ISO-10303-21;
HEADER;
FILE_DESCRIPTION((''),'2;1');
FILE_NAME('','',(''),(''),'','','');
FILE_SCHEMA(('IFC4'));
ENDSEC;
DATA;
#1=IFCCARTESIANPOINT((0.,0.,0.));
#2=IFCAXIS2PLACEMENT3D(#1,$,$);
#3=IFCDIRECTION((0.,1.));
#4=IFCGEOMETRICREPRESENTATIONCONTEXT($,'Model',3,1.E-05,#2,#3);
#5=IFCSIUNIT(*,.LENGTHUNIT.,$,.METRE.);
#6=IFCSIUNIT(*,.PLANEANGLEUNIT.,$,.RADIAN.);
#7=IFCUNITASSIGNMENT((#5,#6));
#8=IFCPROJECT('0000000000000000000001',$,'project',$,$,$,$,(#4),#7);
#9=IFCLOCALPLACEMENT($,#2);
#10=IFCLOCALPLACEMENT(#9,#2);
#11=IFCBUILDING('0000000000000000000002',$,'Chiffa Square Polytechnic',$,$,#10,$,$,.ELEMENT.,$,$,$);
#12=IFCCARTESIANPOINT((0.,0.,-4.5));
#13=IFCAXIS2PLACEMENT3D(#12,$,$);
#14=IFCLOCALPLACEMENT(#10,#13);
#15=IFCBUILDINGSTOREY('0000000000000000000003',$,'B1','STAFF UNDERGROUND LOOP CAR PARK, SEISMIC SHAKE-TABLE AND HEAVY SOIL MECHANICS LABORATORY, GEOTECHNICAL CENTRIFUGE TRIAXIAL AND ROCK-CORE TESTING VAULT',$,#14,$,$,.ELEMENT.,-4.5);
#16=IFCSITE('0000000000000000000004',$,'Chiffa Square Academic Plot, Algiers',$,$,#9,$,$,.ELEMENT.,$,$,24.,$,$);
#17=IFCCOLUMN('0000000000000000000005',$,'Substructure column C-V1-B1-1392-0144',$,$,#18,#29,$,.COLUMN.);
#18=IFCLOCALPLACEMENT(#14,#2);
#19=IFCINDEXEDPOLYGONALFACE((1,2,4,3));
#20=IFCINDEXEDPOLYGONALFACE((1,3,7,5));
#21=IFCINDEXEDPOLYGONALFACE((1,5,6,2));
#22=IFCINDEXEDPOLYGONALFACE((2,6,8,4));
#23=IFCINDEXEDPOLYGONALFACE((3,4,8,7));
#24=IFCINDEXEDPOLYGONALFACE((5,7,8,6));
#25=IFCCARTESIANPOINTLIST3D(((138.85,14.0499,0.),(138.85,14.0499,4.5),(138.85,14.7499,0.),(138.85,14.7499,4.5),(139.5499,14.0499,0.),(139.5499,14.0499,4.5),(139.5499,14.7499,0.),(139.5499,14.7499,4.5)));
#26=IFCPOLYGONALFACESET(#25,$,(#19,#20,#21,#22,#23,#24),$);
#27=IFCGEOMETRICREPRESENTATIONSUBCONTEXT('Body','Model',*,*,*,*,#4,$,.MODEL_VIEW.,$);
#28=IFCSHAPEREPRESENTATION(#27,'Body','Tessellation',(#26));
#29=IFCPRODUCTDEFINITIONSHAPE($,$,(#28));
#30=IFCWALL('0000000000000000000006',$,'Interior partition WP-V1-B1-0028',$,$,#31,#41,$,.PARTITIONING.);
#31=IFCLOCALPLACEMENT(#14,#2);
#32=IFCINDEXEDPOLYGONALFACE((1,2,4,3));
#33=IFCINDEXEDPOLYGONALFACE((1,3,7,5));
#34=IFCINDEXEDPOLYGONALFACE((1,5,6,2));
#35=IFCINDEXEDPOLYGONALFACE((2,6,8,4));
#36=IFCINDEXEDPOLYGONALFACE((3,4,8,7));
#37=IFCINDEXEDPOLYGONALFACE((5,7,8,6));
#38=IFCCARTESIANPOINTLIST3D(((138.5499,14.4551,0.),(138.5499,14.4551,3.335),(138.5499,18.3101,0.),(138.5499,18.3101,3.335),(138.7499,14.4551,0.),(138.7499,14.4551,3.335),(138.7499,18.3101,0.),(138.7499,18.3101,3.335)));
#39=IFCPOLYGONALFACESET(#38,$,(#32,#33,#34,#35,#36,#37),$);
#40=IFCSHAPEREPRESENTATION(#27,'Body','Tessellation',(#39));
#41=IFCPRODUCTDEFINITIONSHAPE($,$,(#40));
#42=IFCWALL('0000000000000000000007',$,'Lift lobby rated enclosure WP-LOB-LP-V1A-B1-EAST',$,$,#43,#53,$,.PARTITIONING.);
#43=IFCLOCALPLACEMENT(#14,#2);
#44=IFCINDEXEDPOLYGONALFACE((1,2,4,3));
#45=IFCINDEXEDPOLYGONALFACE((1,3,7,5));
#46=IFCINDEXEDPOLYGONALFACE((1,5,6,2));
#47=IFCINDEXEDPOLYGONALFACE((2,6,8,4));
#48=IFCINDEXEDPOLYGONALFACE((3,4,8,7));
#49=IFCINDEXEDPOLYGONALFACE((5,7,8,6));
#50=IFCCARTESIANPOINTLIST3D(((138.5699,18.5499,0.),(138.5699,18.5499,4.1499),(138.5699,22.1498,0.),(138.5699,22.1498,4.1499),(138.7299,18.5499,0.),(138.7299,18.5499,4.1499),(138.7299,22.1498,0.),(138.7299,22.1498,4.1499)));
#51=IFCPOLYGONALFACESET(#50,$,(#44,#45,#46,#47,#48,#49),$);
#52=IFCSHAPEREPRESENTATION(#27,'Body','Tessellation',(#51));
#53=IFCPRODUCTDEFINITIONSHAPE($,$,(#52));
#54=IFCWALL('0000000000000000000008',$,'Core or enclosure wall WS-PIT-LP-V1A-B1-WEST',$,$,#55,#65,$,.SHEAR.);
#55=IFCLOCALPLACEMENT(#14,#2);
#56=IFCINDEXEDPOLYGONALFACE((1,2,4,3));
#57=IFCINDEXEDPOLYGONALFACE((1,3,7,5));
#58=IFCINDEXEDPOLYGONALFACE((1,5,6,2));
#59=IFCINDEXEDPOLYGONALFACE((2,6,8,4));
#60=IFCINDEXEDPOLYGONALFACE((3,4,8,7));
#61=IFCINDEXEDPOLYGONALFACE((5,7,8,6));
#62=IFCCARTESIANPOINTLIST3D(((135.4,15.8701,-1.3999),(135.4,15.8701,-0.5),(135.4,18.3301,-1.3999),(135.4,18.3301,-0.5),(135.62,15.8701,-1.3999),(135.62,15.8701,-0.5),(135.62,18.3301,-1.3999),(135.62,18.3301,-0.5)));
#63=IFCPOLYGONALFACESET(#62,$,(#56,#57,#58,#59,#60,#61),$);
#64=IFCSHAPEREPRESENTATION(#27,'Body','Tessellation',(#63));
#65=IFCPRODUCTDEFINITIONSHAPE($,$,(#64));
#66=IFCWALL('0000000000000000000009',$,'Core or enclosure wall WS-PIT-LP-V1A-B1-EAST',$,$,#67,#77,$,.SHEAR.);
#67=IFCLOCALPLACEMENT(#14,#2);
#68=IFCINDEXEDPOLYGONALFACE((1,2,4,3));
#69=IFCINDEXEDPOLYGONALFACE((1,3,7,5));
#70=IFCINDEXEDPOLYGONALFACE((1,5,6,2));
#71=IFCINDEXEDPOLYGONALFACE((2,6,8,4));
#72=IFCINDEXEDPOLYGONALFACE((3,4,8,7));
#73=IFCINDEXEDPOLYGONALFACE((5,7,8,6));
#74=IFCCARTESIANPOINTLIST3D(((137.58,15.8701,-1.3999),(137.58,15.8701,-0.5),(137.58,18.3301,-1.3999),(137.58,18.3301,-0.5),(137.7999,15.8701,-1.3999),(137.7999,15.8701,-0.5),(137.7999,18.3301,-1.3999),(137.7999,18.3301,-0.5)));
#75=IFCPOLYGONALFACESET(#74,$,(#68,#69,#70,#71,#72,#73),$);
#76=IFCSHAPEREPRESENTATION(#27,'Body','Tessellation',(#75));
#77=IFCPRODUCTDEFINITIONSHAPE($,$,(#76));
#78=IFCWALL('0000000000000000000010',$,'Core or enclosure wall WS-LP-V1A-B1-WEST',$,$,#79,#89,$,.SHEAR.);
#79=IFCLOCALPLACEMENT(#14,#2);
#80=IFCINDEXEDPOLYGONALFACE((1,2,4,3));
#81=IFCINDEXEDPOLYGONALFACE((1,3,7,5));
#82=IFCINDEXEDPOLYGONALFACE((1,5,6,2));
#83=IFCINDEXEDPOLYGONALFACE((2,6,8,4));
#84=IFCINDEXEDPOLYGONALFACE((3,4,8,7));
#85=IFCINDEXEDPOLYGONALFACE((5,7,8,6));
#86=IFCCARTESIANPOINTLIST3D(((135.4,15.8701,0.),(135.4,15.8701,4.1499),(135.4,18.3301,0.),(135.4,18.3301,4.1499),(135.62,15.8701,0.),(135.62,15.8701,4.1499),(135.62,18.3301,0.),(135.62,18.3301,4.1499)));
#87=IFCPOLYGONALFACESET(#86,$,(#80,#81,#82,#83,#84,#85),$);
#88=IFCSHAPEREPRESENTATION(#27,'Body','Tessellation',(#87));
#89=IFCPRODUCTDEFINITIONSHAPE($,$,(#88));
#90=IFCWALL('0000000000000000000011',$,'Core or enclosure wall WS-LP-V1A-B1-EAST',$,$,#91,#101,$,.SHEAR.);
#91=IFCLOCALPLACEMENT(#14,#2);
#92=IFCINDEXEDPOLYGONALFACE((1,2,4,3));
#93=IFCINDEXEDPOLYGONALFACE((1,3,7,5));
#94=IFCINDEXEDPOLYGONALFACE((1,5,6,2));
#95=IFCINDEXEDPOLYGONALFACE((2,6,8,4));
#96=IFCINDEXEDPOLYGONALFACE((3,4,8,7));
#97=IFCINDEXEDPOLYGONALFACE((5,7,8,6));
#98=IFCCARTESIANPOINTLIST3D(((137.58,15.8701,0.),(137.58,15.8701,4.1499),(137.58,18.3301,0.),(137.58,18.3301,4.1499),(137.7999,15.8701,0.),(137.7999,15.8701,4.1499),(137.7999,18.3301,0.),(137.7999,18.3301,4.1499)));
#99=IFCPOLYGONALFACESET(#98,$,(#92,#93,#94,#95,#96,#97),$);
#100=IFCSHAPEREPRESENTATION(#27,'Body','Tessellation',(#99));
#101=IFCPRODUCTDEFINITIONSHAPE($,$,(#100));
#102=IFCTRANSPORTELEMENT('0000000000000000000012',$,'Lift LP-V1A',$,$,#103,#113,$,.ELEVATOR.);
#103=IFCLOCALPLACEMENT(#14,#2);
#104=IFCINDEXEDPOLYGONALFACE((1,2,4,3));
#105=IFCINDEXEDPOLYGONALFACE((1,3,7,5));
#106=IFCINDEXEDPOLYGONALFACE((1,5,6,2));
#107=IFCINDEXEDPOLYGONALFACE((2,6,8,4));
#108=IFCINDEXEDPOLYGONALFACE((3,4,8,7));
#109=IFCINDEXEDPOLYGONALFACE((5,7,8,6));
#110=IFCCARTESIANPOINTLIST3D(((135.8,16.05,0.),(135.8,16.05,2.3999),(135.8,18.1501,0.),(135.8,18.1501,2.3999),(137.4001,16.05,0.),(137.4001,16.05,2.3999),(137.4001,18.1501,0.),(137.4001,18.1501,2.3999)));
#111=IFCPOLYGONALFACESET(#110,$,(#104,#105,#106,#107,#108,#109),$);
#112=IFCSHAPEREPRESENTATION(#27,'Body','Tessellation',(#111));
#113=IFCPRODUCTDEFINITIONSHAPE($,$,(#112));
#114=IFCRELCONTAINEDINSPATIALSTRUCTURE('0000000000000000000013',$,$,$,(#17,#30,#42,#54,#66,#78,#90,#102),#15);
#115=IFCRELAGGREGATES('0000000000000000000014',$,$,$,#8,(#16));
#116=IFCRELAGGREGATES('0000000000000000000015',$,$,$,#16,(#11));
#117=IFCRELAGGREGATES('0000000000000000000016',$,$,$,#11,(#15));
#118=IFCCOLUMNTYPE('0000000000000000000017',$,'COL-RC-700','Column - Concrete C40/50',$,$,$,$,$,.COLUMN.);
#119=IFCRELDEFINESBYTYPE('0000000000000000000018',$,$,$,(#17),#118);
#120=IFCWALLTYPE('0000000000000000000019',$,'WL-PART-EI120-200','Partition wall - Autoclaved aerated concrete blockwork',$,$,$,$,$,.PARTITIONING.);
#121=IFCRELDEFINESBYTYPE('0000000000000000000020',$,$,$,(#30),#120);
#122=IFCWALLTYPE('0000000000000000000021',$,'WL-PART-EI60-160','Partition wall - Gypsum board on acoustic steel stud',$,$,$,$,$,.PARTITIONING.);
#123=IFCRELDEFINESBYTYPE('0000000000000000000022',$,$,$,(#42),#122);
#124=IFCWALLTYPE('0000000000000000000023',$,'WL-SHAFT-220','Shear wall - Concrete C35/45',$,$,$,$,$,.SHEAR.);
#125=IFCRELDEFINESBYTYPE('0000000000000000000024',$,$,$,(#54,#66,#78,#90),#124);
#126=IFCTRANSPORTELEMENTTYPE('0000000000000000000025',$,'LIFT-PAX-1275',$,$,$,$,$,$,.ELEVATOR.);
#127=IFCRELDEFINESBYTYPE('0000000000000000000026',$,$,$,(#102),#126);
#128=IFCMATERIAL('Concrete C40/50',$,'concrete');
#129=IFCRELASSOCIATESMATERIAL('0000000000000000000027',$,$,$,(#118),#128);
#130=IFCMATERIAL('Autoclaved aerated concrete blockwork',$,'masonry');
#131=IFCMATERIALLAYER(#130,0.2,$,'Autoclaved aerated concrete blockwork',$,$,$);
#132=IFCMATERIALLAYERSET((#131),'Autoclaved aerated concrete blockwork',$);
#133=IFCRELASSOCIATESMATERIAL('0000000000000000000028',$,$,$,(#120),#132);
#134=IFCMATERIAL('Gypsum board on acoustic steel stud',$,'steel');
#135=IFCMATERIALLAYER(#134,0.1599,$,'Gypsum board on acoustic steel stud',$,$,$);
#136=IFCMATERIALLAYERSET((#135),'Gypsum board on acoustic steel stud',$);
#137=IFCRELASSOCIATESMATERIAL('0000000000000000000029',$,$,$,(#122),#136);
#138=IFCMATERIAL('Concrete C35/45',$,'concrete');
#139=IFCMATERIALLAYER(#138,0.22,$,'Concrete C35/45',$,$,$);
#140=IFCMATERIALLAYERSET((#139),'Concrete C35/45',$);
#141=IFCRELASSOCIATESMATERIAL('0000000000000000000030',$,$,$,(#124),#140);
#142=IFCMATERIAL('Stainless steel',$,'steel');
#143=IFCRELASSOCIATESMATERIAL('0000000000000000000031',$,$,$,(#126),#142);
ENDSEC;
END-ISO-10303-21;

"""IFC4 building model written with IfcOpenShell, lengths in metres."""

from ifc_helpers import new_model, si_unit, direction, frame, frame_2d, origin, origin_2d, place, context, subcontext, project, spatial, rectangle, extrude, material, layer, layer_set, material_profile, profile_set, type_object, element, save


model = new_model("IFC4")

# Units and contexts
model_context = context("Model", 3, precision=1e-05, world=origin(), true_north=direction((0.0, 1.0)))
body_context = subcontext(model_context, "Body", "Model", "MODEL_VIEW")
ifc_project = project(units=[si_unit("LENGTHUNIT", "METRE"), si_unit("PLANEANGLEUNIT", "RADIAN")], contexts=[model_context])

# Site, building, storey
site_placement = place(None, origin())
site = spatial("IfcSite", under=ifc_project, at=site_placement, Name="Chiffa Square Academic Plot, Algiers", CompositionType="ELEMENT", RefElevation=24.0)
building_placement = place(site_placement, origin())
building = spatial("IfcBuilding", under=site, at=building_placement, Name="Chiffa Square Polytechnic", CompositionType="ELEMENT")
storey_placement = place(building_placement, frame((0.0, 0.0, -4.5)))
storey = spatial("IfcBuildingStorey", under=building, at=storey_placement, Name="B1", Description="STAFF UNDERGROUND LOOP CAR PARK, SEISMIC SHAKE-TABLE AND HEAVY SOIL MECHANICS LABORATORY, GEOTECHNICAL CENTRIFUGE TRIAXIAL AND ROCK-CORE TESTING VAULT", CompositionType="ELEMENT", Elevation=-4.5)

# Shared definitions
ifc_material_1 = material(Name="Concrete C35/45", Category="concrete")

# Column
ifc_material_2 = material(Name="Concrete C40/50", Category="concrete")
ifc_material_profile_1 = material_profile(ifc_material_2, rectangle(XDim=0.7, YDim=0.7, at=origin_2d()), Name="RC 700x700")
ifc_profile_set_1 = profile_set([ifc_material_profile_1], Name="Concrete C40/50")
column_type_1 = type_object("IfcColumnType", Name="COL-RC-700", Description="Column - Concrete C40/50", PredefinedType="COLUMN", material=ifc_profile_set_1)
column_placement = place(storey_placement, frame((139.2, 14.3999, 0.0), z_axis=(0.0, 0.0, 1.0), x_axis=(1.0, 0.0, 0.0)))
element("IfcColumn", 1, at=column_placement, inside=storey, type_object=column_type_1, Name="Substructure column C-V1-B1-1392-0144", PredefinedType="COLUMN", context=body_context, shape_type="SweptSolid", body=[
    extrude(rectangle(XDim=0.7, YDim=0.7, at=origin_2d()), origin(), (0.0, 0.0, 1.0), 4.5),
])

# Walls
ifc_material_3 = material(Name="Autoclaved aerated concrete blockwork", Category="masonry")
ifc_layer_1 = layer(ifc_material_3, 0.2, Name="Autoclaved aerated concrete blockwork")
ifc_layer_set_1 = layer_set([ifc_layer_1], Name="Autoclaved aerated concrete blockwork")
wall_type_1 = type_object("IfcWallType", Name="WL-PART-EI120-200", Description="Partition wall - Autoclaved aerated concrete blockwork", PredefinedType="PARTITIONING", material=ifc_layer_set_1)
wall_1_placement = place(storey_placement, frame((138.6499, 14.4551, 0.0), z_axis=(0.0, 0.0, 1.0), x_axis=(0.0, 1.0, 0.0)))
element("IfcWall", 2, at=wall_1_placement, inside=storey, type_object=wall_type_1, Name="Interior partition WP-V1-B1-0028", PredefinedType="PARTITIONING", context=body_context, shape_type="SweptSolid", body=[
    extrude(rectangle(XDim=3.855, YDim=0.2, at=frame_2d((1.9275, 0.0))), origin(), (0.0, 0.0, 1.0), 3.335),
])
ifc_material_4 = material(Name="Gypsum board on acoustic steel stud", Category="steel")
ifc_layer_2 = layer(ifc_material_4, 0.1599, Name="Gypsum board on acoustic steel stud")
ifc_layer_set_2 = layer_set([ifc_layer_2], Name="Gypsum board on acoustic steel stud")
wall_type_2 = type_object("IfcWallType", Name="WL-PART-EI60-160", Description="Partition wall - Gypsum board on acoustic steel stud", PredefinedType="PARTITIONING", material=ifc_layer_set_2)
wall_2_placement = place(storey_placement, frame((138.6499, 18.55, 0.0), z_axis=(0.0, 0.0, 1.0), x_axis=(0.0, 1.0, 0.0)))
element("IfcWall", 3, at=wall_2_placement, inside=storey, type_object=wall_type_2, Name="Lift lobby rated enclosure WP-LOB-LP-V1A-B1-EAST", PredefinedType="PARTITIONING", context=body_context, shape_type="SweptSolid", body=[
    extrude(rectangle(XDim=3.5999, YDim=0.1599, at=frame_2d((1.7998, 0.0))), origin(), (0.0, 0.0, 1.0), 4.1499),
])
ifc_layer_3 = layer(ifc_material_1, 0.22, Name="Concrete C35/45")
ifc_layer_set_3 = layer_set([ifc_layer_3], Name="Concrete C35/45")
wall_type_3 = type_object("IfcWallType", Name="WL-SHAFT-220", Description="Shear wall - Concrete C35/45", PredefinedType="SHEAR", material=ifc_layer_set_3)
for number, where, z_axis, x_axis, name in (
    (4, (135.51, 15.8701, -1.3999), (0.0, 0.0, 1.0), (0.0, 1.0, 0.0), "Core or enclosure wall WS-PIT-LP-V1A-B1-WEST"),
    (5, (137.6899, 15.8701, -1.3999), (0.0, 0.0, 1.0), (0.0, 1.0, 0.0), "Core or enclosure wall WS-PIT-LP-V1A-B1-EAST"),
):
    element("IfcWall", number, at=place(storey_placement, frame(where, z_axis=z_axis, x_axis=x_axis)), inside=storey, type_object=wall_type_3, Name=name, PredefinedType="SHEAR", context=body_context, shape_type="SweptSolid", body=[
        extrude(rectangle(XDim=2.46, YDim=0.22, at=frame_2d((1.23, 0.0))), origin(), (0.0, 0.0, 1.0), 0.8999),
    ])

# Walls
for number, where, z_axis, x_axis, name in (
    (6, (135.51, 15.8701, 0.0), (0.0, 0.0, 1.0), (0.0, 1.0, 0.0), "Core or enclosure wall WS-LP-V1A-B1-WEST"),
    (7, (137.6899, 15.8701, 0.0), (0.0, 0.0, 1.0), (0.0, 1.0, 0.0), "Core or enclosure wall WS-LP-V1A-B1-EAST"),
):
    element("IfcWall", number, at=place(storey_placement, frame(where, z_axis=z_axis, x_axis=x_axis)), inside=storey, type_object=wall_type_3, Name=name, PredefinedType="SHEAR", context=body_context, shape_type="SweptSolid", body=[
        extrude(rectangle(XDim=2.46, YDim=0.22, at=frame_2d((1.23, 0.0))), origin(), (0.0, 0.0, 1.0), 4.1499),
    ])

# Transport element
ifc_material_5 = material(Name="Stainless steel", Category="steel")
transport_element_type = type_object("IfcTransportElementType", Name="LIFT-PAX-1275", PredefinedType="ELEVATOR", material=ifc_material_5)
transport_element_placement = place(storey_placement, frame((136.6001, 17.1001, 0.0), z_axis=(0.0, 0.0, 1.0), x_axis=(1.0, 0.0, 0.0)))
element("IfcTransportElement", 8, at=transport_element_placement, inside=storey, type_object=transport_element_type, Name="Lift LP-V1A", PredefinedType="ELEVATOR", context=body_context, shape_type="SweptSolid", body=[
    extrude(rectangle(XDim=1.6001, YDim=2.1001, at=origin_2d()), origin(), (0.0, 0.0, 1.0), 2.3999),
])

save(model, "model.ifc")
